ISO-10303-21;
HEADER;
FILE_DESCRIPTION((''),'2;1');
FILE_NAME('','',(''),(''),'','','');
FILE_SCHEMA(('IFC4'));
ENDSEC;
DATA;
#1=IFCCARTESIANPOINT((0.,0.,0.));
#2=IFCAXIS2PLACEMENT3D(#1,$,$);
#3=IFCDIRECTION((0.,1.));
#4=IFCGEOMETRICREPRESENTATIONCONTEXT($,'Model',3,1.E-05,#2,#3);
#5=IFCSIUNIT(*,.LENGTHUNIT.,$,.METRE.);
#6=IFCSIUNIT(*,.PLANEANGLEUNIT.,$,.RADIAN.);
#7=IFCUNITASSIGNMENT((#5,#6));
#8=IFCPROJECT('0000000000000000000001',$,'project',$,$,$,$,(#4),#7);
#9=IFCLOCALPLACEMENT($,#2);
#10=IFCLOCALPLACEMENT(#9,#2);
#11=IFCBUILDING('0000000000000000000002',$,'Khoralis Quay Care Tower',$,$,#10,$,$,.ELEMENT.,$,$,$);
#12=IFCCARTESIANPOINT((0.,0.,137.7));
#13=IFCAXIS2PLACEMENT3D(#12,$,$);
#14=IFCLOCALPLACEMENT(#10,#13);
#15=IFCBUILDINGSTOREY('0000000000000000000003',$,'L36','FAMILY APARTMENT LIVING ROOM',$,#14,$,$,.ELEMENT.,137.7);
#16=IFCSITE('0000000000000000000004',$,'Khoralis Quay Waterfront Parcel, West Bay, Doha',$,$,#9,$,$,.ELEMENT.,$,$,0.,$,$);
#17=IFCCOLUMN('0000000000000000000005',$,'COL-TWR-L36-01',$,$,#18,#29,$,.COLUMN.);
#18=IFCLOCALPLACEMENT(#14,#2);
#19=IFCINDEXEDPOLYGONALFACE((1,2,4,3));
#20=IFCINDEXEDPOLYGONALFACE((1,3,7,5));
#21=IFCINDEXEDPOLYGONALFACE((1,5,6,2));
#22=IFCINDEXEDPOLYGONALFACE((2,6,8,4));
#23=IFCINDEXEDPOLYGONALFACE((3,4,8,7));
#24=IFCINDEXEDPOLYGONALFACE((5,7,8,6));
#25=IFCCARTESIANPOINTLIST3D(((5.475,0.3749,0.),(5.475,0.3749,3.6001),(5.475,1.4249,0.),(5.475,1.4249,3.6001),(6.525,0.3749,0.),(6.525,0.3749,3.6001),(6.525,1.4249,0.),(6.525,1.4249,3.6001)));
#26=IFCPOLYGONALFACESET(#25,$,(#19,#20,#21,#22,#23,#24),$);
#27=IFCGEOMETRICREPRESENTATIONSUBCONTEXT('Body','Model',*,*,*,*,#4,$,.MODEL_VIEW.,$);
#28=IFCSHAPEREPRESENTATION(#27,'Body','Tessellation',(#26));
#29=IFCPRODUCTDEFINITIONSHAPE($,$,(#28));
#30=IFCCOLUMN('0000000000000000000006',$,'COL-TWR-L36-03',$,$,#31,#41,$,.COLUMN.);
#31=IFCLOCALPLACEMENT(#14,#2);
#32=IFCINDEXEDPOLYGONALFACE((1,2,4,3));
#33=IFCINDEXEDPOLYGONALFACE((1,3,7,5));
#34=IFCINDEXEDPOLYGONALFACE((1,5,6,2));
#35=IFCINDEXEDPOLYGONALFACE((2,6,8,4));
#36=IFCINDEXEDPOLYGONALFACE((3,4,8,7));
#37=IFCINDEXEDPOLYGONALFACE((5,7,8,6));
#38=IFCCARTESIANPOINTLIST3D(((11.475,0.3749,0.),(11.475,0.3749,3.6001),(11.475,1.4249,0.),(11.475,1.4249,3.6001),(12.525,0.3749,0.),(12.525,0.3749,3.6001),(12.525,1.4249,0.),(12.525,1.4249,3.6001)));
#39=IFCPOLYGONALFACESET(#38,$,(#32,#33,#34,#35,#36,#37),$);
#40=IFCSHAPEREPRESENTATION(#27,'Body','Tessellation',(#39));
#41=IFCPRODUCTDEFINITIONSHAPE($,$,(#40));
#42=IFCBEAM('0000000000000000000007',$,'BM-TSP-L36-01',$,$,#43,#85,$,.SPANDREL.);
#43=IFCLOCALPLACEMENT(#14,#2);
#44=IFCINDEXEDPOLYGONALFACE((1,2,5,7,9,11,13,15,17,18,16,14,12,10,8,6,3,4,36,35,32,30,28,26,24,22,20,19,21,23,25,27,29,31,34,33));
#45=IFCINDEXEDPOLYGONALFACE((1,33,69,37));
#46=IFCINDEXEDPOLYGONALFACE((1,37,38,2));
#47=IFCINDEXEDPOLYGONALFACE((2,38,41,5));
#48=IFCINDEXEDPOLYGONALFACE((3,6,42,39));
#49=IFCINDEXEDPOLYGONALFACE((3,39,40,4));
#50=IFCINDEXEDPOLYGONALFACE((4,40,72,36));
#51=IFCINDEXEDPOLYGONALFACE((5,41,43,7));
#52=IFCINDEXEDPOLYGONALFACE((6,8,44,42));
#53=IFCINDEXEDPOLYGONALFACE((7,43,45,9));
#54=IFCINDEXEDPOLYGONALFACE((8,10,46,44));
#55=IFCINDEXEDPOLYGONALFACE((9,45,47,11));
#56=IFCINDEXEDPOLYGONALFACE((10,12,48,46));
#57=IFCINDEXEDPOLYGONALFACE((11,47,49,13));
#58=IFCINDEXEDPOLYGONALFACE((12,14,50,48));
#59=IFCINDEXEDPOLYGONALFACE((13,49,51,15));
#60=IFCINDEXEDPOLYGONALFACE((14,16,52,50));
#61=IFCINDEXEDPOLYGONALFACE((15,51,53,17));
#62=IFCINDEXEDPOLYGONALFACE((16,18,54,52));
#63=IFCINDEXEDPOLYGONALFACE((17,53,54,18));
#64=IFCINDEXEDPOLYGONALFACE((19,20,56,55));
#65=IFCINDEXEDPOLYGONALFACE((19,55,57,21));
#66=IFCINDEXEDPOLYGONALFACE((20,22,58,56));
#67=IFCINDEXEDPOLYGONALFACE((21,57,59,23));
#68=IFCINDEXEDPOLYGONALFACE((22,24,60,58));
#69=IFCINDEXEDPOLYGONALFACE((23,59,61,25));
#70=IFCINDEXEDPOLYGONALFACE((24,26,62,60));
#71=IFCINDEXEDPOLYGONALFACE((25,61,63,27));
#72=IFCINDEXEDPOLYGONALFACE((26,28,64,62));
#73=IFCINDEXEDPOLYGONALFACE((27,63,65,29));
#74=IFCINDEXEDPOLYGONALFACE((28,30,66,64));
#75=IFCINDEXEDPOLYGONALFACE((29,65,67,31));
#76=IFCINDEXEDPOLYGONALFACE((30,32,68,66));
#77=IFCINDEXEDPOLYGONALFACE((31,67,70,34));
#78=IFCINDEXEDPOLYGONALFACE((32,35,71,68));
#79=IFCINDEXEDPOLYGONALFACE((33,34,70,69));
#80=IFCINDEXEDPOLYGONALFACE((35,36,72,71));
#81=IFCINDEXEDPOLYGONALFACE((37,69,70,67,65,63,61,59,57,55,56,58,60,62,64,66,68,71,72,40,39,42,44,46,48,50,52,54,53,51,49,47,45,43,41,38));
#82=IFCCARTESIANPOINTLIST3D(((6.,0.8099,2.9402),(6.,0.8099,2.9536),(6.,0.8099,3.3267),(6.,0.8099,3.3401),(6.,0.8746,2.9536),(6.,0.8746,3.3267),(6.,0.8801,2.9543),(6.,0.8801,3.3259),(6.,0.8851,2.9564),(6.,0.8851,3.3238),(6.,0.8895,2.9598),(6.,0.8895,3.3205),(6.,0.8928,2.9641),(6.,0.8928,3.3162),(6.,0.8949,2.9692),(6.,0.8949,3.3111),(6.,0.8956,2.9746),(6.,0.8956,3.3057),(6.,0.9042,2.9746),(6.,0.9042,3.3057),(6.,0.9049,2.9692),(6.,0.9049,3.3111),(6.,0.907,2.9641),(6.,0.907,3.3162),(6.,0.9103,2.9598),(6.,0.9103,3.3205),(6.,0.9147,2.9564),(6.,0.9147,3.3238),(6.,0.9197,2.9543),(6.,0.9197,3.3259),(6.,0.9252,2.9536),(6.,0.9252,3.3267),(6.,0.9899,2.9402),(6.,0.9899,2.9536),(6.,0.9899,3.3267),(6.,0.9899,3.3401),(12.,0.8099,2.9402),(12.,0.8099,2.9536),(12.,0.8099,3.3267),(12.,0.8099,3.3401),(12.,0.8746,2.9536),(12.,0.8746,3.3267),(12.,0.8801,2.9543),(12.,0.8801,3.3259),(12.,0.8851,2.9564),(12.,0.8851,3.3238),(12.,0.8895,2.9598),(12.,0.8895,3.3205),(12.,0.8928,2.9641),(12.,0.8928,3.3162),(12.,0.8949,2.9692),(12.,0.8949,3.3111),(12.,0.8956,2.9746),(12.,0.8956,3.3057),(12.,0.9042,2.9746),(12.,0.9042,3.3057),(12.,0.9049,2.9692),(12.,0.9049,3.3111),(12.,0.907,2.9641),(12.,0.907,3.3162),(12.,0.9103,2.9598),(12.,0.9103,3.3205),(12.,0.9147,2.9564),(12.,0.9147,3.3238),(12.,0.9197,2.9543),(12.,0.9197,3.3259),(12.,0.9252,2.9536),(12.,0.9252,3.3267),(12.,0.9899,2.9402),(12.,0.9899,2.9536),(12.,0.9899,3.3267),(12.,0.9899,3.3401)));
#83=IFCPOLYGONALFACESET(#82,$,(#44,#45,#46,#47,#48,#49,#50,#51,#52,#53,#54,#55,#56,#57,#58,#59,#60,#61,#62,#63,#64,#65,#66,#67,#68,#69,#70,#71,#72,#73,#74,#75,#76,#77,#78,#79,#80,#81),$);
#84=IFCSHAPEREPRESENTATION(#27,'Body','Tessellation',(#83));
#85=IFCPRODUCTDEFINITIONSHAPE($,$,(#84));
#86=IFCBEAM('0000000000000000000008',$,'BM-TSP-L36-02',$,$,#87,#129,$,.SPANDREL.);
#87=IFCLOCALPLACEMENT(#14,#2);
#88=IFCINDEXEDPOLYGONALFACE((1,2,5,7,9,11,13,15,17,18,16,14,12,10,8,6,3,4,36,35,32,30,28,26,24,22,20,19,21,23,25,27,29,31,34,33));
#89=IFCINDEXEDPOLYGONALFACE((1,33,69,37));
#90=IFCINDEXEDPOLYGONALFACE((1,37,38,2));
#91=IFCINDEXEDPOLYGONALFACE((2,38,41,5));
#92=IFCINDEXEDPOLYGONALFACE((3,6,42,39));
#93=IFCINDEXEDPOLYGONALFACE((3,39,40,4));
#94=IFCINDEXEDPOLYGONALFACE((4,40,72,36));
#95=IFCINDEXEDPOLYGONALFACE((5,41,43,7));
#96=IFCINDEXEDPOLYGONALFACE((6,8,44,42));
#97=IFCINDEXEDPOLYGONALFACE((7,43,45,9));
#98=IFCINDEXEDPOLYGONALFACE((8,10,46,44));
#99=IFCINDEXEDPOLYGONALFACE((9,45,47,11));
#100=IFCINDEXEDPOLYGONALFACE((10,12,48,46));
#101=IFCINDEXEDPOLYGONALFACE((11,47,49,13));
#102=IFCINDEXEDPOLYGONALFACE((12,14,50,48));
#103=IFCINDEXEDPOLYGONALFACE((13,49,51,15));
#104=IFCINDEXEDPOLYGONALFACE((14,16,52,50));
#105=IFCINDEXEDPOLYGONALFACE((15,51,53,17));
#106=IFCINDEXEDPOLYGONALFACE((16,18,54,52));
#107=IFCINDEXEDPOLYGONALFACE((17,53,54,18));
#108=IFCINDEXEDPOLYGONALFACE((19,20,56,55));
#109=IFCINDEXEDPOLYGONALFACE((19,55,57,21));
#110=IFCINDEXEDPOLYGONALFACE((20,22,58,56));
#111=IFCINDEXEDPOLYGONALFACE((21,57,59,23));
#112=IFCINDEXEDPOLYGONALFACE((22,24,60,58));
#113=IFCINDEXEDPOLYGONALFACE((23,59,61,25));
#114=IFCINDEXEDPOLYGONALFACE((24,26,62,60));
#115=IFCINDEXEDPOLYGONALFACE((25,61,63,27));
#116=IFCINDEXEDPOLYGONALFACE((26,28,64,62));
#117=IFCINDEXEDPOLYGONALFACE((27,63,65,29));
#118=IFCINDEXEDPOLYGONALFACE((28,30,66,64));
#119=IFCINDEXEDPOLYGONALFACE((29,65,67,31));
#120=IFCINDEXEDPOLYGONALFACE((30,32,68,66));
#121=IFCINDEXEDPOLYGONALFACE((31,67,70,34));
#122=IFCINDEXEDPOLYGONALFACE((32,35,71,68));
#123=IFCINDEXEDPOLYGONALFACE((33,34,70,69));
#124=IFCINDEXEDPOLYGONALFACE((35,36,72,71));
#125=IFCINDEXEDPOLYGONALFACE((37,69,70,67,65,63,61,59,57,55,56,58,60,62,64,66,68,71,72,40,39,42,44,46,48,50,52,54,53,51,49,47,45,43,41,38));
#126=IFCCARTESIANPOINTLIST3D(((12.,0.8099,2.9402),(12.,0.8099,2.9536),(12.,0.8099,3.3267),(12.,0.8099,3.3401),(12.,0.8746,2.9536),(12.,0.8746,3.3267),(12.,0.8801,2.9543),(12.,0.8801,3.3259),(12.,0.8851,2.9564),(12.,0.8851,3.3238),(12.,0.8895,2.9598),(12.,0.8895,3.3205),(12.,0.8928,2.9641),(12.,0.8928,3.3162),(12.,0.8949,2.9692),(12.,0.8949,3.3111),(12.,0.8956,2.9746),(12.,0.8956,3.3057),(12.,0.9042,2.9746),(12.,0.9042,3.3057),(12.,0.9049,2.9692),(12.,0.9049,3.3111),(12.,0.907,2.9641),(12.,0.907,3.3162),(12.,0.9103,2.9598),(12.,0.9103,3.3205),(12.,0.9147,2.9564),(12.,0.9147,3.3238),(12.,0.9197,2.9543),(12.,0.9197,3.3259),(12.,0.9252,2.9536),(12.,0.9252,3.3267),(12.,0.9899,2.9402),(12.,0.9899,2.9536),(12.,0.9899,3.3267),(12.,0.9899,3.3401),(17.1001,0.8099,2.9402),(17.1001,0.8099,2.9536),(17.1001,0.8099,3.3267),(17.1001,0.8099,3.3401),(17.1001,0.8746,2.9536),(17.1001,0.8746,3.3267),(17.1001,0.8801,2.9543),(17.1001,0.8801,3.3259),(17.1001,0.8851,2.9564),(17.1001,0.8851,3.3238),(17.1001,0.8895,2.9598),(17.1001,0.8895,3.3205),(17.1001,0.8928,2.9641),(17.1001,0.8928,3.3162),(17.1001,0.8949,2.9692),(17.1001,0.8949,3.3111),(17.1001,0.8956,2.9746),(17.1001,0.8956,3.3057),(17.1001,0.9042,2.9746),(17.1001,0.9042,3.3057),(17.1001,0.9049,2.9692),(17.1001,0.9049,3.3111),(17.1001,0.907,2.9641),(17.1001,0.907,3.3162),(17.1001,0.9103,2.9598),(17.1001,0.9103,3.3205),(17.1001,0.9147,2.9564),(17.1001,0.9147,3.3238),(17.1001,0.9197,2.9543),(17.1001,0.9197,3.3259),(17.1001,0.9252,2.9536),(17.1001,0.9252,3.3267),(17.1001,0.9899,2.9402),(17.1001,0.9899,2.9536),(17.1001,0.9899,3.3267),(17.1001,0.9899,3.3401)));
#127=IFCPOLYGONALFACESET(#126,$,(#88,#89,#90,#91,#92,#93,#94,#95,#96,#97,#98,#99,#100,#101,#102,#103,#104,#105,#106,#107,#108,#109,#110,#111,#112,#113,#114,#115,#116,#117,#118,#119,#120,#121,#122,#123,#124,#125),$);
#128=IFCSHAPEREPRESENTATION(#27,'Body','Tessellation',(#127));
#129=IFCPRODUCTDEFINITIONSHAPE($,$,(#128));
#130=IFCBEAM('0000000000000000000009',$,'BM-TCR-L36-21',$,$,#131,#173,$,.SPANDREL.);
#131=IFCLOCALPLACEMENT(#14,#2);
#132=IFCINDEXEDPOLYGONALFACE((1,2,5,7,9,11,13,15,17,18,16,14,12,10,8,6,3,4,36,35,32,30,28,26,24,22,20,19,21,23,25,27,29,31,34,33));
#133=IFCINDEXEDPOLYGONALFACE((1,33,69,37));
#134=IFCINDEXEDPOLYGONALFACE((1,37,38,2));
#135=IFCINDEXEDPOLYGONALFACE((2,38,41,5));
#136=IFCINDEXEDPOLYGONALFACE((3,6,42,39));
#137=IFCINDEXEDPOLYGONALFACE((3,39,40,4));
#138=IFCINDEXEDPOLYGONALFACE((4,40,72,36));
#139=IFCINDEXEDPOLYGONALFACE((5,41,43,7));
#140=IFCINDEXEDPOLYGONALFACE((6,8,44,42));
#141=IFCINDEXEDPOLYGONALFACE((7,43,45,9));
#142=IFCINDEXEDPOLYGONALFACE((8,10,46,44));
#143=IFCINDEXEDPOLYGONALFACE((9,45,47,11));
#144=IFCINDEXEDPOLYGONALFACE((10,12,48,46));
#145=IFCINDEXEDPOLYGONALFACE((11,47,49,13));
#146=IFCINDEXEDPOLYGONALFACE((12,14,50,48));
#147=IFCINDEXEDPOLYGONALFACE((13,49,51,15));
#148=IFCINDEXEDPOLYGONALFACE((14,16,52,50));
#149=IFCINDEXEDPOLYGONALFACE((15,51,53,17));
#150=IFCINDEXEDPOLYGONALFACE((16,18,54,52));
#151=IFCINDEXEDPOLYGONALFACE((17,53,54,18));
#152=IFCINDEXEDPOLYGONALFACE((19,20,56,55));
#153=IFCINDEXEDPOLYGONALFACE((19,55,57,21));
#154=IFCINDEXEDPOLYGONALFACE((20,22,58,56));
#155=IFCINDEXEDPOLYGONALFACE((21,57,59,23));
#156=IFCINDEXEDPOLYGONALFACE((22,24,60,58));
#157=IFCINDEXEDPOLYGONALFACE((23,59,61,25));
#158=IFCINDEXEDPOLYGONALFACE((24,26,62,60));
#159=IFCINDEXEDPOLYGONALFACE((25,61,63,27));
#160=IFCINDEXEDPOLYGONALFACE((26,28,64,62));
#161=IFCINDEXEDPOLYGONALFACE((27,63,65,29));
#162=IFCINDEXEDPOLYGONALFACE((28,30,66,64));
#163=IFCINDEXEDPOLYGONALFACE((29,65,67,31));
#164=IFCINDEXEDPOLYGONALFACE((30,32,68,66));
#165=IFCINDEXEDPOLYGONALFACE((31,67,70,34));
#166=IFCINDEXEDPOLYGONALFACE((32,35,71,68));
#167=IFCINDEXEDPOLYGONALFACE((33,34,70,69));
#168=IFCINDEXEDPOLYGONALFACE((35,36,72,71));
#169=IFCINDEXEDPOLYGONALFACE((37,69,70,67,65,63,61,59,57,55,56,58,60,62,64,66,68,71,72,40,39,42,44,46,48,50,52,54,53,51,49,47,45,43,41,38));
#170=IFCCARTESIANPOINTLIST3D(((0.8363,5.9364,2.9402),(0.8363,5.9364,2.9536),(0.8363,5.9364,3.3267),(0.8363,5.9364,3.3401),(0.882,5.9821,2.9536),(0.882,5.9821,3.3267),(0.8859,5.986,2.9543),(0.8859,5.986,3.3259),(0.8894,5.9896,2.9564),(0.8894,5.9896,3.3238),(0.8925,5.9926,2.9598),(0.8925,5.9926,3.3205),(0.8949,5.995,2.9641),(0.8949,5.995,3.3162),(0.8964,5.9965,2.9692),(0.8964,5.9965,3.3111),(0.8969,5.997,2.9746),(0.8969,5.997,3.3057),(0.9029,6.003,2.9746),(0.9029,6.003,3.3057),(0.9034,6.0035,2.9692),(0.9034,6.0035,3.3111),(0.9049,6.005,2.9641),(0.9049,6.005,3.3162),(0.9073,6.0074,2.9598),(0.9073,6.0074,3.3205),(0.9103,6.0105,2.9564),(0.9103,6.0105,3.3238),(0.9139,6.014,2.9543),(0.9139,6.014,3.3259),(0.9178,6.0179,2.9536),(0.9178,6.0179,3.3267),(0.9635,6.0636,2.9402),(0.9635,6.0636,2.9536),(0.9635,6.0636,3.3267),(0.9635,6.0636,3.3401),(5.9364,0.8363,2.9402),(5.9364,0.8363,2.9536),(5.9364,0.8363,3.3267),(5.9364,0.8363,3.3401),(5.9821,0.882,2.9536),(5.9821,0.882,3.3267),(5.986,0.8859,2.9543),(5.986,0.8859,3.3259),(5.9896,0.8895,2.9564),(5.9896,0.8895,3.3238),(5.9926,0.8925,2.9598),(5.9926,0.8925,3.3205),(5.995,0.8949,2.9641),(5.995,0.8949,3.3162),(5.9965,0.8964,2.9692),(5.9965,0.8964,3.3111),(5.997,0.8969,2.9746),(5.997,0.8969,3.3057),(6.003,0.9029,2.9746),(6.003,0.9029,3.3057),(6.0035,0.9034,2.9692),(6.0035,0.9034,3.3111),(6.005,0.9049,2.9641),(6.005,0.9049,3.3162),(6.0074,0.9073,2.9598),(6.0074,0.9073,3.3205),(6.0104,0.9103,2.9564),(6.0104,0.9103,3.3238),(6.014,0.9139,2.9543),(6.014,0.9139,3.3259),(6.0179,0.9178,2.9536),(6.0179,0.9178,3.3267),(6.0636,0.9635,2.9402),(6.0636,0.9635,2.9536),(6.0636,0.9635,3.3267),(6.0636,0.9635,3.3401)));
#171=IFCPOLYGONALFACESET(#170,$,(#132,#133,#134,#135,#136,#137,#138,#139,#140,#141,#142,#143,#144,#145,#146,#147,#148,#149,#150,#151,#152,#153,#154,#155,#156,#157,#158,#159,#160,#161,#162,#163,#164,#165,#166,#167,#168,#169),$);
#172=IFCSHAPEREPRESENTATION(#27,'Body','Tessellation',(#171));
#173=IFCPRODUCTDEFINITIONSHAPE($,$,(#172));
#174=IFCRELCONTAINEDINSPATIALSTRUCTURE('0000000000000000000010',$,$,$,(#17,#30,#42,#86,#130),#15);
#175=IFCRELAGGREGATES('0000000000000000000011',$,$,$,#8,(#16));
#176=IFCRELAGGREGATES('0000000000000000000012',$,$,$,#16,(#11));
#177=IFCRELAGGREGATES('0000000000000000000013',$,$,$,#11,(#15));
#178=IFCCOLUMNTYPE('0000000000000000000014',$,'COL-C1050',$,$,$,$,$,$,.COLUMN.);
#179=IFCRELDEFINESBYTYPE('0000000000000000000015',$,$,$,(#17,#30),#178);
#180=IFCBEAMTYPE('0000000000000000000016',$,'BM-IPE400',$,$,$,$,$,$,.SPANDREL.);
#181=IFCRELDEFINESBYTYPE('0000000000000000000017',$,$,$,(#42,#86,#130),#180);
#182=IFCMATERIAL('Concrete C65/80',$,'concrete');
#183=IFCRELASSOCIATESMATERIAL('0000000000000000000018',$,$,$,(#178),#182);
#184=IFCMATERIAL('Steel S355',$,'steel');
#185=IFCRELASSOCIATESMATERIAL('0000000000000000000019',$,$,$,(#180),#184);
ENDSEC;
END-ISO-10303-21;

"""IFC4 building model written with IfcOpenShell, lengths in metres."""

from ifc_helpers import new_model, si_unit, direction, frame, origin, origin_2d, place, context, subcontext, project, spatial, rectangle, i_section, extrude, source, transform, mapped, material, material_profile, profile_set, type_object, element, save


model = new_model("IFC4")

# Units and contexts
model_context = context("Model", 3, precision=1e-05, world=origin(), true_north=direction((0.0, 1.0)))
body_context = subcontext(model_context, "Body", "Model", "MODEL_VIEW")
ifc_project = project(units=[si_unit("LENGTHUNIT", "METRE"), si_unit("PLANEANGLEUNIT", "RADIAN")], contexts=[model_context])

# Site, building, storey
site_placement = place(None, origin())
site = spatial("IfcSite", under=ifc_project, at=site_placement, Name="Khoralis Quay Waterfront Parcel, West Bay, Doha", CompositionType="ELEMENT", RefElevation=0.0)
building_placement = place(site_placement, origin())
building = spatial("IfcBuilding", under=site, at=building_placement, Name="Khoralis Quay Care Tower", CompositionType="ELEMENT")
storey_placement = place(building_placement, frame((0.0, 0.0, 137.7)))
storey = spatial("IfcBuildingStorey", under=building, at=storey_placement, Name="L36", Description="FAMILY APARTMENT LIVING ROOM", CompositionType="ELEMENT", Elevation=137.7)

# Columns
ifc_material_1 = material(Name="Concrete C65/80", Category="concrete")
ifc_material_profile_1 = material_profile(ifc_material_1, rectangle(XDim=1.05, YDim=1.05, at=origin_2d()), Name="Concrete C65/80")
ifc_profile_set_1 = profile_set([ifc_material_profile_1], Name="Concrete C65/80")
column_type = type_object("IfcColumnType", Name="COL-C1050", PredefinedType="COLUMN", material=ifc_profile_set_1)
shared_shape_1 = source(origin(), body_context, "Body", "SweptSolid", [
    extrude(rectangle(XDim=1.05, YDim=1.05, at=origin_2d()), origin(), (0.0, 0.0, 1.0), 3.6001),
])
for number, where, z_axis, x_axis, name in (
    (1, (6.0, 0.8999, 0.0), (0.0, 0.0, 1.0), (1.0, 0.0, 0.0), "COL-TWR-L36-01"),
    (2, (12.0, 0.8999, 0.0), (0.0, 0.0, 1.0), (1.0, 0.0, 0.0), "COL-TWR-L36-03"),
):
    element("IfcColumn", number, at=place(storey_placement, frame(where, z_axis=z_axis, x_axis=x_axis)), inside=storey, type_object=column_type, Name=name, PredefinedType="COLUMN", context=body_context, shape_type="MappedRepresentation", body=[
        mapped(shared_shape_1, transform((0.0, 0.0, 0.0), scale=1.0)),
    ])

# Beams
ifc_material_2 = material(Name="Steel S355", Category="steel")
ifc_material_profile_2 = material_profile(ifc_material_2, i_section(OverallWidth=0.1799, OverallDepth=0.3999, WebThickness=0.0085, FlangeThickness=0.0134, FilletRadius=0.021, at=origin_2d()), Name="Steel S355")
ifc_profile_set_2 = profile_set([ifc_material_profile_2], Name="Steel S355")
beam_type_1 = type_object("IfcBeamType", Name="BM-IPE400", PredefinedType="SPANDREL", material=ifc_profile_set_2)
shared_shape_2 = source(origin(), body_context, "Body", "SweptSolid", [
    extrude(i_section(OverallWidth=0.1799, OverallDepth=0.3999, WebThickness=0.0085, FlangeThickness=0.0134, FilletRadius=0.021, at=origin_2d()), origin(), (0.0, 0.0, 1.0), 6.0),
])
beam_1_placement = place(storey_placement, frame((6.0, 0.8999, 3.1401), z_axis=(1.0, 0.0, 0.0), x_axis=(0.0, 1.0, 0.0)))
element("IfcBeam", 3, at=beam_1_placement, inside=storey, type_object=beam_type_1, Name="BM-TSP-L36-01", PredefinedType="SPANDREL", context=body_context, shape_type="MappedRepresentation", body=[
    mapped(shared_shape_2, transform((0.0, 0.0, 0.0), scale=1.0)),
])
shared_shape_3 = source(origin(), body_context, "Body", "SweptSolid", [
    extrude(i_section(OverallWidth=0.1799, OverallDepth=0.3999, WebThickness=0.0085, FlangeThickness=0.0134, FilletRadius=0.021, at=origin_2d()), origin(), (0.0, 0.0, 1.0), 5.1001),
])
beam_2_placement = place(storey_placement, frame((12.0, 0.8999, 3.1401), z_axis=(1.0, 0.0, 0.0), x_axis=(0.0, 1.0, 0.0)))
element("IfcBeam", 4, at=beam_2_placement, inside=storey, type_object=beam_type_1, Name="BM-TSP-L36-02", PredefinedType="SPANDREL", context=body_context, shape_type="MappedRepresentation", body=[
    mapped(shared_shape_3, transform((0.0, 0.0, 0.0), scale=1.0)),
])
shared_shape_4 = source(origin(), body_context, "Body", "SweptSolid", [
    extrude(i_section(OverallWidth=0.1799, OverallDepth=0.3999, WebThickness=0.0085, FlangeThickness=0.0134, FilletRadius=0.021, at=origin_2d()), origin(), (0.0, 0.0, 1.0), 7.2126),
])
beam_3_placement = place(storey_placement, frame((6.0, 0.8999, 3.1401), z_axis=(-0.707107, 0.707107, 0.0), x_axis=(-0.707107, -0.707107, 0.0)))
element("IfcBeam", 5, at=beam_3_placement, inside=storey, type_object=beam_type_1, Name="BM-TCR-L36-21", PredefinedType="SPANDREL", context=body_context, shape_type="MappedRepresentation", body=[
    mapped(shared_shape_4, transform((0.0, 0.0, 0.0), scale=1.0)),
])

save(model, "model.ifc")
